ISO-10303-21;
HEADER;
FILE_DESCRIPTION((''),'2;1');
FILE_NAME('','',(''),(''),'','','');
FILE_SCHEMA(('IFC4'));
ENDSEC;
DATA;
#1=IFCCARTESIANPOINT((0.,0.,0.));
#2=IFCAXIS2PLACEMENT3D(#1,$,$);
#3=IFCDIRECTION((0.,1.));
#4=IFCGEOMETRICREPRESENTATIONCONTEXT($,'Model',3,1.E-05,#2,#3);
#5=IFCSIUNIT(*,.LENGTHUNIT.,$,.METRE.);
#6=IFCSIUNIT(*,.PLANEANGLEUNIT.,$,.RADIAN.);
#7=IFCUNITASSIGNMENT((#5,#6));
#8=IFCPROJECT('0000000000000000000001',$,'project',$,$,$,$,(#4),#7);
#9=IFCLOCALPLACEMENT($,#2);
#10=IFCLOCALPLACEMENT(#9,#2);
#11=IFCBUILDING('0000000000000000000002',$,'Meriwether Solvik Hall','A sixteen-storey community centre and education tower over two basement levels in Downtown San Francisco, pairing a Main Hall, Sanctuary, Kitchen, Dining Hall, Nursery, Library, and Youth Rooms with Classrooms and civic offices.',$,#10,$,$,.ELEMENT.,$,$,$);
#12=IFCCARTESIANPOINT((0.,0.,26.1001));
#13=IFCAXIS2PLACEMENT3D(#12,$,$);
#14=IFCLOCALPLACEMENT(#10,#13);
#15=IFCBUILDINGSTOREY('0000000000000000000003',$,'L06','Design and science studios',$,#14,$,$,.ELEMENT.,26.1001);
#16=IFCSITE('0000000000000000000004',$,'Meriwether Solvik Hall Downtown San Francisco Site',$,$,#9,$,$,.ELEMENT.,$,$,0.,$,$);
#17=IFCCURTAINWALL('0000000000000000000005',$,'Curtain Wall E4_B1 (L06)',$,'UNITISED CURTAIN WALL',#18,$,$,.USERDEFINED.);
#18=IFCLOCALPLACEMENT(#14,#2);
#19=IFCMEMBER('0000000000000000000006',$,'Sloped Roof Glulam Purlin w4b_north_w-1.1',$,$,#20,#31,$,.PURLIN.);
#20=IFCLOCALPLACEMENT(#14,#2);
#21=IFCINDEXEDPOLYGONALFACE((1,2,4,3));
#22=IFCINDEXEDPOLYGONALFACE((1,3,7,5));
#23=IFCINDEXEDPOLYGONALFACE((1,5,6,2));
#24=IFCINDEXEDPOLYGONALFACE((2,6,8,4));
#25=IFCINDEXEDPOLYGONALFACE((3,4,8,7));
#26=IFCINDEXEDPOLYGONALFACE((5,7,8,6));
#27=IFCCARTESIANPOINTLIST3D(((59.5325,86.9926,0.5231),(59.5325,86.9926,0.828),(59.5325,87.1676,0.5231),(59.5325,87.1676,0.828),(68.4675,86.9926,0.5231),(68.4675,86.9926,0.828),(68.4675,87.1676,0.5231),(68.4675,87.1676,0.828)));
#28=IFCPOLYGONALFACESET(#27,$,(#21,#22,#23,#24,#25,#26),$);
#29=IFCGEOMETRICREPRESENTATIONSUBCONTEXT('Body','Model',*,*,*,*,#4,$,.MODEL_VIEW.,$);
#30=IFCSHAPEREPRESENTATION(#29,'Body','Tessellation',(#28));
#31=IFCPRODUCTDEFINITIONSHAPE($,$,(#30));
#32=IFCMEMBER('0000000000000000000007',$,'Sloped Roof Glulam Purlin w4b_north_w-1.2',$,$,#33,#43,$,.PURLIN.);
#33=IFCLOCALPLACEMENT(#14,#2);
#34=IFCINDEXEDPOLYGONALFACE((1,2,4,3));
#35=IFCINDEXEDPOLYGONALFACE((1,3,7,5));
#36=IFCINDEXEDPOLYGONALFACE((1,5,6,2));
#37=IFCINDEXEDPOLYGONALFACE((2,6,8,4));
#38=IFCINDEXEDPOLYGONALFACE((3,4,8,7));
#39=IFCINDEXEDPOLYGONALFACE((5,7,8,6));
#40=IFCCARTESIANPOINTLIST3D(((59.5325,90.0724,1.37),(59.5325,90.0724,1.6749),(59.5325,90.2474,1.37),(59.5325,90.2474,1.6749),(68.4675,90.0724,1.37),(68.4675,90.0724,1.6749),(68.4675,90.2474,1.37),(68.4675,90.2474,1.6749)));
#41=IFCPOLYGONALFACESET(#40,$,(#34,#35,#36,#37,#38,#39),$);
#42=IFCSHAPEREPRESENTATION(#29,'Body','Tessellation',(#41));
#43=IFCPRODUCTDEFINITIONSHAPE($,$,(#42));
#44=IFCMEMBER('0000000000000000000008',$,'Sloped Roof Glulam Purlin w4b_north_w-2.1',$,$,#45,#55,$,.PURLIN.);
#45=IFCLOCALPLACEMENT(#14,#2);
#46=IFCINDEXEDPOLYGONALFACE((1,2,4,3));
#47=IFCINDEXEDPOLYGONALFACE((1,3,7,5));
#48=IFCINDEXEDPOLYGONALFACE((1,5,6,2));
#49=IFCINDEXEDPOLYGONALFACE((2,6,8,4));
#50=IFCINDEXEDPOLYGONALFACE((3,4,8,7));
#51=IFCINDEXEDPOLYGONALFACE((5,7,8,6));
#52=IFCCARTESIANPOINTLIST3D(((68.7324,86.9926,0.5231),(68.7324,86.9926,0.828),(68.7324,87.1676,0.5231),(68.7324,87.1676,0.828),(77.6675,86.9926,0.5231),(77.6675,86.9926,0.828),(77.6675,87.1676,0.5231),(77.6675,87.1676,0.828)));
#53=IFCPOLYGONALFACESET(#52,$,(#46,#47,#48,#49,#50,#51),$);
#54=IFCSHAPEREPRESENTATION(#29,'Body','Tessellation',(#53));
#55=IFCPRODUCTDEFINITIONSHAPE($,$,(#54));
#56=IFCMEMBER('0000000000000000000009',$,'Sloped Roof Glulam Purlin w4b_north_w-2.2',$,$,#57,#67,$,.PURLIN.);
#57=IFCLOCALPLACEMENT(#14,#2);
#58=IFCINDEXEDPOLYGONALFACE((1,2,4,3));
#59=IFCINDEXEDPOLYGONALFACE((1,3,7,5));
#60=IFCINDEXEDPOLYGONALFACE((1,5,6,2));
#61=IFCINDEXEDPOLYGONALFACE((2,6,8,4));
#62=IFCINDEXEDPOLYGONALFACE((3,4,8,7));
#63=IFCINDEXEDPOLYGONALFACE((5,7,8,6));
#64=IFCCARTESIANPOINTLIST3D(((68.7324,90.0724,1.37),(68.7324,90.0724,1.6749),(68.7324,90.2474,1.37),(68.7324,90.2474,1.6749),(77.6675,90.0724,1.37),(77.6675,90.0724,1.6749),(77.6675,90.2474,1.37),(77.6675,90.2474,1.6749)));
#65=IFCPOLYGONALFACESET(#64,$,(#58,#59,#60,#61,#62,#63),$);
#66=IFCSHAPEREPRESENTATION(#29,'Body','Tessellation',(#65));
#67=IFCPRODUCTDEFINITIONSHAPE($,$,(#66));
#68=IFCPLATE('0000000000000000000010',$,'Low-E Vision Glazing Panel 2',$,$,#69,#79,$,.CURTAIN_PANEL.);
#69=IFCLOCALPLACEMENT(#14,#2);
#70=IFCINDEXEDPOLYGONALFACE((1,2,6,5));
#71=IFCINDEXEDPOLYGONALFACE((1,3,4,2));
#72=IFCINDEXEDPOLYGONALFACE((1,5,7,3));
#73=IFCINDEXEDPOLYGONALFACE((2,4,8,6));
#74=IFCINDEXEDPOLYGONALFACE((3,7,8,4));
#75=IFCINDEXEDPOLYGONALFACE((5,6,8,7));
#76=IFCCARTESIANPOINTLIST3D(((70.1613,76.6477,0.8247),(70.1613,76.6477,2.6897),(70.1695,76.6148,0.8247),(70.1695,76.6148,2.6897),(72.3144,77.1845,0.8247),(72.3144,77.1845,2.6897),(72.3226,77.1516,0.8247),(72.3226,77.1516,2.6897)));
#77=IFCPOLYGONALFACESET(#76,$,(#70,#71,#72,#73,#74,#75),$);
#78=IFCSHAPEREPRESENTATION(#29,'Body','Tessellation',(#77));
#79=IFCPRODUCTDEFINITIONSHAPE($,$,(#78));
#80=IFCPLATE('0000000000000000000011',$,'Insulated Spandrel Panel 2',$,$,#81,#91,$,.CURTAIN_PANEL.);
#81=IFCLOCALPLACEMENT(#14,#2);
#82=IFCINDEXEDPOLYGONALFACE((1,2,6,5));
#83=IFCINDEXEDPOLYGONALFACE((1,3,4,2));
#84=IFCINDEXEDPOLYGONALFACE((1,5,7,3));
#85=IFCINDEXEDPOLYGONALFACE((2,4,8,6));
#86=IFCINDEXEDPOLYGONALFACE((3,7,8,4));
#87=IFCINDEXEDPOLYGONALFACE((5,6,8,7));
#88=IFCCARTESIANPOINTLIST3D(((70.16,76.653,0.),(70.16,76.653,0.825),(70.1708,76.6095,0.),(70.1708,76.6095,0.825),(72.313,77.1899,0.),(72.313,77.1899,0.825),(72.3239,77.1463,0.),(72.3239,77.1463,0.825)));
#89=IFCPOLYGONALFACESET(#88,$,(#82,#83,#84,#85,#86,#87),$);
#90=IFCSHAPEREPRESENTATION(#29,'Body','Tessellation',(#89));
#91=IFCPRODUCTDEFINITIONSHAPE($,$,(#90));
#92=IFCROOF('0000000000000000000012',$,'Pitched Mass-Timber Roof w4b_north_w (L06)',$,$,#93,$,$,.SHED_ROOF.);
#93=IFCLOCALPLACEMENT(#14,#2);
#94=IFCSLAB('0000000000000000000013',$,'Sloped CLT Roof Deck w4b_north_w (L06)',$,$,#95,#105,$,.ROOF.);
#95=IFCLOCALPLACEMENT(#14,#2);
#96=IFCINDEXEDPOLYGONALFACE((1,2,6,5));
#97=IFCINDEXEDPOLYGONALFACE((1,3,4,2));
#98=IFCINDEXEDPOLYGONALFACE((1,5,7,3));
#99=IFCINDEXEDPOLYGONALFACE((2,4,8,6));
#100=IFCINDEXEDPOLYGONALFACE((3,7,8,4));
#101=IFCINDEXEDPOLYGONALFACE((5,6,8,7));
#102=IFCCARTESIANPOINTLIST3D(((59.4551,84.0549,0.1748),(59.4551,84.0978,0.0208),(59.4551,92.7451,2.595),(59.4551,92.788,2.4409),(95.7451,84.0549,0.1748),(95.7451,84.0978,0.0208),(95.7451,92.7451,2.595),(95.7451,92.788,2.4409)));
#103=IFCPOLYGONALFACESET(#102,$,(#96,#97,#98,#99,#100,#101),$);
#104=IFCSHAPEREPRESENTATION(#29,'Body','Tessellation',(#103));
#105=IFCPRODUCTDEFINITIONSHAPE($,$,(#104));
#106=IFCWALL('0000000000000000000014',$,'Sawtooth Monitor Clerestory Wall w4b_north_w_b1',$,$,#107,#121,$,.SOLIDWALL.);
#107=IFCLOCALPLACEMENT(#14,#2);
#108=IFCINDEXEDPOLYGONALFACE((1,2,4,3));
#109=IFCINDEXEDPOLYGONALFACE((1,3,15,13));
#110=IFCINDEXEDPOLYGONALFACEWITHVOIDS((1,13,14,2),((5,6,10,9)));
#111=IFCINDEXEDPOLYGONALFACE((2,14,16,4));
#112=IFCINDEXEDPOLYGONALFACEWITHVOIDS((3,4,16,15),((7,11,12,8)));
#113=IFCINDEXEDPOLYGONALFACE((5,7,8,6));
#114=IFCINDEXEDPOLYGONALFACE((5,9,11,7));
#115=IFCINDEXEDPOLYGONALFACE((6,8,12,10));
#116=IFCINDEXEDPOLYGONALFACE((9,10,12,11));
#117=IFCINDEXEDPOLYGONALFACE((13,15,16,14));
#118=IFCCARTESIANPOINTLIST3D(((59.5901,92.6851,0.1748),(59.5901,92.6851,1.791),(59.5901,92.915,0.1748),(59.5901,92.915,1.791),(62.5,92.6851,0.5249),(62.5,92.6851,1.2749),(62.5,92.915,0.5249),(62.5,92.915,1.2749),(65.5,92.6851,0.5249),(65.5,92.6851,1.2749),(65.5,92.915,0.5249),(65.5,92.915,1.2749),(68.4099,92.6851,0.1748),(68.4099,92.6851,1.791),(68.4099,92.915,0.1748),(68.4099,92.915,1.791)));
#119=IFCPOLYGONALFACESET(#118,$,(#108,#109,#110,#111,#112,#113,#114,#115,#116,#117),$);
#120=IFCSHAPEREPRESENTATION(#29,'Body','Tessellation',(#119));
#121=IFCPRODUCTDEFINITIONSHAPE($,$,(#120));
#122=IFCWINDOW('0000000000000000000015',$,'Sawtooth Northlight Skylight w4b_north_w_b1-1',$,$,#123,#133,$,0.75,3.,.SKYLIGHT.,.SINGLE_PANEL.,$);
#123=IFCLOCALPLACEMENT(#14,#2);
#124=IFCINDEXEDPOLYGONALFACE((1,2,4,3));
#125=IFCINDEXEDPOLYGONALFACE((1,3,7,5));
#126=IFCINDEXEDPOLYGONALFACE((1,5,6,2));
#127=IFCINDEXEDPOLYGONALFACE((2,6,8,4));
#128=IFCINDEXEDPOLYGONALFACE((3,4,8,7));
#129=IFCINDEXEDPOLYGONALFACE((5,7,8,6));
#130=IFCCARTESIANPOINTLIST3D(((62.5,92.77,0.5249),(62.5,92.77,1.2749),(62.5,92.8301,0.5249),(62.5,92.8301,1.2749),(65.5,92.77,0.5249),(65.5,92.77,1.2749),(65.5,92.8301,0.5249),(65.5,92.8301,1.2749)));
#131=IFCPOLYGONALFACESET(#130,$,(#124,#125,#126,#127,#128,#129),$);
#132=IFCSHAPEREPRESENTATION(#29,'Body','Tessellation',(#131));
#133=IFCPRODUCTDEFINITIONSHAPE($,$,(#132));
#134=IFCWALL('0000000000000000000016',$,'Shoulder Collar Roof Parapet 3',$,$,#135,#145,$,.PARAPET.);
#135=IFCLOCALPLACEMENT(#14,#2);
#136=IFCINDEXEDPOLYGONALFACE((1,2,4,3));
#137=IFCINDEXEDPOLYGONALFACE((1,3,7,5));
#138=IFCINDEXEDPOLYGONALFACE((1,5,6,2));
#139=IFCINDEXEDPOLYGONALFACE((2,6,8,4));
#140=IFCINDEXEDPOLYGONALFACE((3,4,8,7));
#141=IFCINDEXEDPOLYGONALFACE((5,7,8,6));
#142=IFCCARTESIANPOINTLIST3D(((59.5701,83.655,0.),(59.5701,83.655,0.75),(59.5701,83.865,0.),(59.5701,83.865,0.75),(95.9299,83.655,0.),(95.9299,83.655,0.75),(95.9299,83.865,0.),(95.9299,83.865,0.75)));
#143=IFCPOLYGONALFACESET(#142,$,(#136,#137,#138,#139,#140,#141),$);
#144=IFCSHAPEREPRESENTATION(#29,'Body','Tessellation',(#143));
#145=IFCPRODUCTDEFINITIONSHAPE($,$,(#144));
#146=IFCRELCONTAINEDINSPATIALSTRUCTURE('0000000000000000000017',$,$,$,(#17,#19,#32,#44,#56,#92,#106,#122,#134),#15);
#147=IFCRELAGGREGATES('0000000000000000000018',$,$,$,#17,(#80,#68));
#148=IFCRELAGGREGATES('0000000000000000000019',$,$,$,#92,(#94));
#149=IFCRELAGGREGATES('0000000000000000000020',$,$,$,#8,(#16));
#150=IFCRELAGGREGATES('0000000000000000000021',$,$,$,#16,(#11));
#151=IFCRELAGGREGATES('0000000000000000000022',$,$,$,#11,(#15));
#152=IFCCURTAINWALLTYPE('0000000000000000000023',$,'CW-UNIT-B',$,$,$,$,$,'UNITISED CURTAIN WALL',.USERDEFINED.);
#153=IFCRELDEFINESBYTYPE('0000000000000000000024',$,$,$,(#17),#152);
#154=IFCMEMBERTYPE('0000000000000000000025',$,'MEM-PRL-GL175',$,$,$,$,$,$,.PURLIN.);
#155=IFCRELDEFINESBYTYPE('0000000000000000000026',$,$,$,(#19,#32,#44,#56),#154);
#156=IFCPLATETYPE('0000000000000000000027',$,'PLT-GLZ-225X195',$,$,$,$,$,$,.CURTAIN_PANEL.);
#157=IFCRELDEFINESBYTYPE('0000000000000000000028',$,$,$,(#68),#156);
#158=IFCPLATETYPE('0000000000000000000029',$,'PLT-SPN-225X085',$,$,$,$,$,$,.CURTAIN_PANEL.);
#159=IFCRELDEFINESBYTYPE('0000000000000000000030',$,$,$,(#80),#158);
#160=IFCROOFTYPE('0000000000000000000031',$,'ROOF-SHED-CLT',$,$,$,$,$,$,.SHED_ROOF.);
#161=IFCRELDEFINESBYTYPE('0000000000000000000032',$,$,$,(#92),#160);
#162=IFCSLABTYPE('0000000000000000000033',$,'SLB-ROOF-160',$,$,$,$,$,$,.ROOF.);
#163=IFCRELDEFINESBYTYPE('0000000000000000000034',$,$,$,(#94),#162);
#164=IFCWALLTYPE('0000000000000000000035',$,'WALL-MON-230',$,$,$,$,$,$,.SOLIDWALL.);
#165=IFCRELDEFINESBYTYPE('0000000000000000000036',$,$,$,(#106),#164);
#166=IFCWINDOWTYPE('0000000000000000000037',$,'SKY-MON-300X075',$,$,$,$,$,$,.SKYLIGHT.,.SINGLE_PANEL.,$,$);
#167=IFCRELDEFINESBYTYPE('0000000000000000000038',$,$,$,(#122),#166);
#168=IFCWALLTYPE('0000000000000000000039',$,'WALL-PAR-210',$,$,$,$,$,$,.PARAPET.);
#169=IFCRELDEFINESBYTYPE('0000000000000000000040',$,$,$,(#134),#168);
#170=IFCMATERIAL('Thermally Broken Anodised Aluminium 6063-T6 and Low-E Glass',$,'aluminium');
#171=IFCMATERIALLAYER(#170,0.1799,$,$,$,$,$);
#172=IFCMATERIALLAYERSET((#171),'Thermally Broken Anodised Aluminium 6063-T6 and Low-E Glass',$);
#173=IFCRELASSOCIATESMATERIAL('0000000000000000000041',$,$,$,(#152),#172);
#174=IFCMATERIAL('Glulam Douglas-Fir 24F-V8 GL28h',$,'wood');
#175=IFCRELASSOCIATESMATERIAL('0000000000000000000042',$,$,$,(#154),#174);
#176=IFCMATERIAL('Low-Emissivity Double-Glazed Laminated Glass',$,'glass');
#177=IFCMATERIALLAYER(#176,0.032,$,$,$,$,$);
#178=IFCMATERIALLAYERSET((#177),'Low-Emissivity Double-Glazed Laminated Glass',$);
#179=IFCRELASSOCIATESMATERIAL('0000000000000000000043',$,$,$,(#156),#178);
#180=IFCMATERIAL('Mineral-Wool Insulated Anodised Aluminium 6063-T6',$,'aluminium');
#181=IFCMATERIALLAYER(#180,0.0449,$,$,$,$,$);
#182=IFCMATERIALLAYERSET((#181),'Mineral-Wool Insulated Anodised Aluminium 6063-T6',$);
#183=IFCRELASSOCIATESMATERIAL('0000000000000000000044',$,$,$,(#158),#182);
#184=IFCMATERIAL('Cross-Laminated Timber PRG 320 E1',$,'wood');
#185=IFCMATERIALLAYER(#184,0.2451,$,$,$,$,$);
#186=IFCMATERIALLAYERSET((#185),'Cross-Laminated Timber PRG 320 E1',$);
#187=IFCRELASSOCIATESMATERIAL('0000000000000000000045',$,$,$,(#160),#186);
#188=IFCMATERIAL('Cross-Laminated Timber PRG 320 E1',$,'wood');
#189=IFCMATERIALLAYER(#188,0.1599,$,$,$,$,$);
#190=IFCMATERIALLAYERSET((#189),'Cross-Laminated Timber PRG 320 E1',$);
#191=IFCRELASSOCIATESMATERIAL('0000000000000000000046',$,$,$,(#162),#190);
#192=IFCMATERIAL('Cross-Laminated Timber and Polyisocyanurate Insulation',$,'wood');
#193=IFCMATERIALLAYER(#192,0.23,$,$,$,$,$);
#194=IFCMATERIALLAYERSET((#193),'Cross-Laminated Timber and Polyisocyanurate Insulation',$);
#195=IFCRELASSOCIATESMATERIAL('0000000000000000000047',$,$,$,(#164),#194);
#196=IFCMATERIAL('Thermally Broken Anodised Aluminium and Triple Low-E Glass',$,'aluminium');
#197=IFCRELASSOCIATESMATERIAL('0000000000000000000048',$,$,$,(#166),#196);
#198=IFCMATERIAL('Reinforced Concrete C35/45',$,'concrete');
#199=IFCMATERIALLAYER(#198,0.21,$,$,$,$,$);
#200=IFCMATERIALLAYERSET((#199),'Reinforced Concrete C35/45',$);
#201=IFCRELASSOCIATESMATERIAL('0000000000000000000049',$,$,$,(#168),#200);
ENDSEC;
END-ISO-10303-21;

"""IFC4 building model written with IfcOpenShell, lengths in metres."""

from ifc_helpers import new_model, si_unit, direction, frame, frame_2d, origin, origin_2d, place, context, subcontext, project, spatial, polyline, rectangle, outline, extrude, material, layer, layer_set, material_profile, profile_set, type_object, element, fill, aggregate, save


model = new_model("IFC4")

# Units and contexts
model_context = context("Model", 3, precision=1e-05, world=origin(), true_north=direction((0.0, 1.0)))
body_context = subcontext(model_context, "Body", "Model", "MODEL_VIEW")
ifc_project = project(units=[si_unit("LENGTHUNIT", "METRE"), si_unit("PLANEANGLEUNIT", "RADIAN")], contexts=[model_context])

# Site, building, storey
site_placement = place(None, origin())
site = spatial("IfcSite", under=ifc_project, at=site_placement, Name="Meriwether Solvik Hall Downtown San Francisco Site", CompositionType="ELEMENT", RefElevation=0.0)
building_placement = place(site_placement, origin())
building = spatial("IfcBuilding", under=site, at=building_placement, Name="Meriwether Solvik Hall", Description="A sixteen-storey community centre and education tower over two basement levels in Downtown San Francisco, pairing a Main Hall, Sanctuary, Kitchen, Dining Hall, Nursery, Library, and Youth Rooms with Classrooms and civic offices.", CompositionType="ELEMENT")
storey_placement = place(building_placement, frame((0.0, 0.0, 26.1001)))
storey = spatial("IfcBuildingStorey", under=building, at=storey_placement, Name="L06", Description="Design and science studios", CompositionType="ELEMENT", Elevation=26.1001)

# Curtain wall
ifc_material_1 = material(Name="Thermally Broken Anodised Aluminium 6063-T6 and Low-E Glass", Category="aluminium")
ifc_layer_1 = layer(ifc_material_1, 0.1799)
ifc_layer_set_1 = layer_set([ifc_layer_1], Name="Thermally Broken Anodised Aluminium 6063-T6 and Low-E Glass")
curtain_wall_type = type_object("IfcCurtainWallType", Name="CW-UNIT-B", ElementType="UNITISED CURTAIN WALL", PredefinedType="USERDEFINED", material=ifc_layer_set_1)
curtain_wall_placement = place(storey_placement, origin())
curtain_wall = element("IfcCurtainWall", 1, at=curtain_wall_placement, inside=storey, type_object=curtain_wall_type, Name="Curtain Wall E4_B1 (L06)", ObjectType="UNITISED CURTAIN WALL", PredefinedType="USERDEFINED")

# Members
ifc_material_2 = material(Name="Glulam Douglas-Fir 24F-V8 GL28h", Category="wood")
ifc_material_profile_1 = material_profile(ifc_material_2, rectangle(XDim=0.175, YDim=0.3049, at=origin_2d()), Name="GLM-175X305")
ifc_profile_set_1 = profile_set([ifc_material_profile_1], Name="Glulam Douglas-Fir 24F-V8 GL28h")
member_type_1 = type_object("IfcMemberType", Name="MEM-PRL-GL175", PredefinedType="PURLIN", material=ifc_profile_set_1)
for number, where, z_axis, x_axis, name in (
    (2, (59.5325, 87.0801, 0.6755), (1.0, 0.0, 0.0), (0.0, 1.0, 0.0), "Sloped Roof Glulam Purlin w4b_north_w-1.1"),
    (3, (59.5325, 90.1599, 1.5225), (1.0, 0.0, 0.0), (0.0, 1.0, 0.0), "Sloped Roof Glulam Purlin w4b_north_w-1.2"),
    (4, (68.7324, 87.0801, 0.6755), (1.0, 0.0, 0.0), (0.0, 1.0, 0.0), "Sloped Roof Glulam Purlin w4b_north_w-2.1"),
    (5, (68.7324, 90.1599, 1.5225), (1.0, 0.0, 0.0), (0.0, 1.0, 0.0), "Sloped Roof Glulam Purlin w4b_north_w-2.2"),
):
    element("IfcMember", number, at=place(storey_placement, frame(where, z_axis=z_axis, x_axis=x_axis)), inside=storey, type_object=member_type_1, Name=name, PredefinedType="PURLIN", context=body_context, shape_type="SweptSolid", body=[
        extrude(rectangle(XDim=0.175, YDim=0.3049, at=origin_2d()), origin(), (0.0, 0.0, 1.0), 8.9351),
    ])

# Plates
ifc_material_3 = material(Name="Low-Emissivity Double-Glazed Laminated Glass", Category="glass")
ifc_layer_2 = layer(ifc_material_3, 0.032)
ifc_layer_set_2 = layer_set([ifc_layer_2], Name="Low-Emissivity Double-Glazed Laminated Glass")
plate_type_1 = type_object("IfcPlateType", Name="PLT-GLZ-225X195", PredefinedType="CURTAIN_PANEL", material=ifc_layer_set_2)
plate_1_placement = place(storey_placement, frame((71.2419, 76.8997, 0.8247), z_axis=(0.0, 0.0, 1.0), x_axis=(0.970296, 0.241922, 0.0)))
plate_1 = element("IfcPlate", 6, at=plate_1_placement, type_object=plate_type_1, Name="Low-E Vision Glazing Panel 2", PredefinedType="CURTAIN_PANEL", context=body_context, shape_type="SweptSolid", body=[
    extrude(rectangle(XDim=2.219, YDim=0.0339, at=origin_2d()), origin(), (0.0, 0.0, 1.0), 1.865),
])
ifc_material_4 = material(Name="Mineral-Wool Insulated Anodised Aluminium 6063-T6", Category="aluminium")
ifc_layer_3 = layer(ifc_material_4, 0.0449)
ifc_layer_set_3 = layer_set([ifc_layer_3], Name="Mineral-Wool Insulated Anodised Aluminium 6063-T6")
plate_type_2 = type_object("IfcPlateType", Name="PLT-SPN-225X085", PredefinedType="CURTAIN_PANEL", material=ifc_layer_set_3)
plate_2_placement = place(storey_placement, frame((71.2419, 76.8997, 0.0), z_axis=(0.0, 0.0, 1.0), x_axis=(0.970296, 0.241922, 0.0)))
plate_2 = element("IfcPlate", 7, at=plate_2_placement, type_object=plate_type_2, Name="Insulated Spandrel Panel 2", PredefinedType="CURTAIN_PANEL", context=body_context, shape_type="SweptSolid", body=[
    extrude(rectangle(XDim=2.219, YDim=0.0449, at=origin_2d()), origin(), (0.0, 0.0, 1.0), 0.825),
])
aggregate(curtain_wall, [plate_2, plate_1])

# Roof, slab
ifc_material_5 = material(Name="Cross-Laminated Timber PRG 320 E1", Category="wood")
ifc_layer_4 = layer(ifc_material_5, 0.2451)
ifc_layer_set_4 = layer_set([ifc_layer_4], Name="Cross-Laminated Timber PRG 320 E1")
roof_type = type_object("IfcRoofType", Name="ROOF-SHED-CLT", PredefinedType="SHED_ROOF", material=ifc_layer_set_4)
roof_placement = place(storey_placement, origin())
roof = element("IfcRoof", 8, at=roof_placement, inside=storey, type_object=roof_type, Name="Pitched Mass-Timber Roof w4b_north_w (L06)", PredefinedType="SHED_ROOF")
ifc_material_6 = material(Name="Cross-Laminated Timber PRG 320 E1", Category="wood")
ifc_layer_5 = layer(ifc_material_6, 0.1599)
ifc_layer_set_5 = layer_set([ifc_layer_5], Name="Cross-Laminated Timber PRG 320 E1")
slab_type = type_object("IfcSlabType", Name="SLB-ROOF-160", PredefinedType="ROOF", material=ifc_layer_set_5)
slab_placement = place(storey_placement, frame((59.4551, 84.0549, 0.1748), z_axis=(0.0, -0.268284, 0.96334), x_axis=(1.0, 0.0, 0.0)))
slab = element("IfcSlab", 9, at=slab_placement, type_object=slab_type, Name="Sloped CLT Roof Deck w4b_north_w (L06)", PredefinedType="ROOF", context=body_context, shape_type="SweptSolid", body=[
    extrude(outline(polyline([(0.0, 0.0), (36.29, 0.0), (36.29, 9.0209), (0.0, 9.0209), (0.0, 0.0)])), origin(), (0.0, 0.0, -1.0), 0.1599),
])
aggregate(roof, [slab])

# Wall, opening, window
ifc_material_7 = material(Name="Cross-Laminated Timber and Polyisocyanurate Insulation", Category="wood")
ifc_layer_6 = layer(ifc_material_7, 0.23)
ifc_layer_set_6 = layer_set([ifc_layer_6], Name="Cross-Laminated Timber and Polyisocyanurate Insulation")
wall_type_1 = type_object("IfcWallType", Name="WALL-MON-230", PredefinedType="SOLIDWALL", material=ifc_layer_set_6)
wall_1_placement = place(storey_placement, frame((68.4099, 92.8, 0.1748), z_axis=(0.0, 0.0, 1.0), x_axis=(-1.0, 0.0, 0.0)))
wall_1 = element("IfcWall", 10, at=wall_1_placement, inside=storey, type_object=wall_type_1, Name="Sawtooth Monitor Clerestory Wall w4b_north_w_b1", PredefinedType="SOLIDWALL", context=body_context, shape_type="SweptSolid", body=[
    extrude(rectangle(XDim=8.8198, YDim=0.23, at=frame_2d((4.4099, 0.0))), origin(), (0.0, 0.0, 1.0), 1.6162),
])
opening_placement = place(wall_1_placement, frame((2.9099, 0.0, 0.3501)))
opening = element("IfcOpeningElement", 11, at=opening_placement, cuts=wall_1, PredefinedType="OPENING", context=body_context, shape_type="SweptSolid", body=[
    extrude(rectangle(XDim=3.0, YDim=0.75, at=frame_2d((1.5, 0.375))), frame((0.0, 0.127, 0.0), z_axis=(0.0, -1.0, 0.0), x_axis=(1.0, 0.0, 0.0)), (0.0, 0.0, 1.0), 0.2539),
])
ifc_material_8 = material(Name="Thermally Broken Anodised Aluminium and Triple Low-E Glass", Category="aluminium")
window_type = type_object("IfcWindowType", Name="SKY-MON-300X075", PartitioningType="SINGLE_PANEL", PredefinedType="SKYLIGHT", material=ifc_material_8)
window_placement = place(opening_placement, origin())
window = element("IfcWindow", 12, at=window_placement, inside=storey, type_object=window_type, Name="Sawtooth Northlight Skylight w4b_north_w_b1-1", OverallHeight=0.75, OverallWidth=3.0, PartitioningType="SINGLE_PANEL", PredefinedType="SKYLIGHT", context=body_context, shape_type="SweptSolid", body=[
    extrude(rectangle(XDim=3.0, YDim=0.75, at=frame_2d((1.5, 0.375))), frame((0.0, 0.03, 0.0), z_axis=(0.0, -1.0, 0.0), x_axis=(1.0, 0.0, 0.0)), (0.0, 0.0, 1.0), 0.0601),
])
fill(opening, window)

# Wall
ifc_material_9 = material(Name="Reinforced Concrete C35/45", Category="concrete")
ifc_layer_7 = layer(ifc_material_9, 0.21)
ifc_layer_set_7 = layer_set([ifc_layer_7], Name="Reinforced Concrete C35/45")
wall_type_2 = type_object("IfcWallType", Name="WALL-PAR-210", PredefinedType="PARAPET", material=ifc_layer_set_7)
wall_2_placement = place(storey_placement, frame((59.5701, 83.76, 0.0), z_axis=(0.0, 0.0, 1.0), x_axis=(1.0, 0.0, 0.0)))
element("IfcWall", 13, at=wall_2_placement, inside=storey, type_object=wall_type_2, Name="Shoulder Collar Roof Parapet 3", PredefinedType="PARAPET", context=body_context, shape_type="SweptSolid", body=[
    extrude(rectangle(XDim=36.3599, YDim=0.21, at=frame_2d((18.1799, 0.0))), origin(), (0.0, 0.0, 1.0), 0.75),
])

save(model, "model.ifc")
